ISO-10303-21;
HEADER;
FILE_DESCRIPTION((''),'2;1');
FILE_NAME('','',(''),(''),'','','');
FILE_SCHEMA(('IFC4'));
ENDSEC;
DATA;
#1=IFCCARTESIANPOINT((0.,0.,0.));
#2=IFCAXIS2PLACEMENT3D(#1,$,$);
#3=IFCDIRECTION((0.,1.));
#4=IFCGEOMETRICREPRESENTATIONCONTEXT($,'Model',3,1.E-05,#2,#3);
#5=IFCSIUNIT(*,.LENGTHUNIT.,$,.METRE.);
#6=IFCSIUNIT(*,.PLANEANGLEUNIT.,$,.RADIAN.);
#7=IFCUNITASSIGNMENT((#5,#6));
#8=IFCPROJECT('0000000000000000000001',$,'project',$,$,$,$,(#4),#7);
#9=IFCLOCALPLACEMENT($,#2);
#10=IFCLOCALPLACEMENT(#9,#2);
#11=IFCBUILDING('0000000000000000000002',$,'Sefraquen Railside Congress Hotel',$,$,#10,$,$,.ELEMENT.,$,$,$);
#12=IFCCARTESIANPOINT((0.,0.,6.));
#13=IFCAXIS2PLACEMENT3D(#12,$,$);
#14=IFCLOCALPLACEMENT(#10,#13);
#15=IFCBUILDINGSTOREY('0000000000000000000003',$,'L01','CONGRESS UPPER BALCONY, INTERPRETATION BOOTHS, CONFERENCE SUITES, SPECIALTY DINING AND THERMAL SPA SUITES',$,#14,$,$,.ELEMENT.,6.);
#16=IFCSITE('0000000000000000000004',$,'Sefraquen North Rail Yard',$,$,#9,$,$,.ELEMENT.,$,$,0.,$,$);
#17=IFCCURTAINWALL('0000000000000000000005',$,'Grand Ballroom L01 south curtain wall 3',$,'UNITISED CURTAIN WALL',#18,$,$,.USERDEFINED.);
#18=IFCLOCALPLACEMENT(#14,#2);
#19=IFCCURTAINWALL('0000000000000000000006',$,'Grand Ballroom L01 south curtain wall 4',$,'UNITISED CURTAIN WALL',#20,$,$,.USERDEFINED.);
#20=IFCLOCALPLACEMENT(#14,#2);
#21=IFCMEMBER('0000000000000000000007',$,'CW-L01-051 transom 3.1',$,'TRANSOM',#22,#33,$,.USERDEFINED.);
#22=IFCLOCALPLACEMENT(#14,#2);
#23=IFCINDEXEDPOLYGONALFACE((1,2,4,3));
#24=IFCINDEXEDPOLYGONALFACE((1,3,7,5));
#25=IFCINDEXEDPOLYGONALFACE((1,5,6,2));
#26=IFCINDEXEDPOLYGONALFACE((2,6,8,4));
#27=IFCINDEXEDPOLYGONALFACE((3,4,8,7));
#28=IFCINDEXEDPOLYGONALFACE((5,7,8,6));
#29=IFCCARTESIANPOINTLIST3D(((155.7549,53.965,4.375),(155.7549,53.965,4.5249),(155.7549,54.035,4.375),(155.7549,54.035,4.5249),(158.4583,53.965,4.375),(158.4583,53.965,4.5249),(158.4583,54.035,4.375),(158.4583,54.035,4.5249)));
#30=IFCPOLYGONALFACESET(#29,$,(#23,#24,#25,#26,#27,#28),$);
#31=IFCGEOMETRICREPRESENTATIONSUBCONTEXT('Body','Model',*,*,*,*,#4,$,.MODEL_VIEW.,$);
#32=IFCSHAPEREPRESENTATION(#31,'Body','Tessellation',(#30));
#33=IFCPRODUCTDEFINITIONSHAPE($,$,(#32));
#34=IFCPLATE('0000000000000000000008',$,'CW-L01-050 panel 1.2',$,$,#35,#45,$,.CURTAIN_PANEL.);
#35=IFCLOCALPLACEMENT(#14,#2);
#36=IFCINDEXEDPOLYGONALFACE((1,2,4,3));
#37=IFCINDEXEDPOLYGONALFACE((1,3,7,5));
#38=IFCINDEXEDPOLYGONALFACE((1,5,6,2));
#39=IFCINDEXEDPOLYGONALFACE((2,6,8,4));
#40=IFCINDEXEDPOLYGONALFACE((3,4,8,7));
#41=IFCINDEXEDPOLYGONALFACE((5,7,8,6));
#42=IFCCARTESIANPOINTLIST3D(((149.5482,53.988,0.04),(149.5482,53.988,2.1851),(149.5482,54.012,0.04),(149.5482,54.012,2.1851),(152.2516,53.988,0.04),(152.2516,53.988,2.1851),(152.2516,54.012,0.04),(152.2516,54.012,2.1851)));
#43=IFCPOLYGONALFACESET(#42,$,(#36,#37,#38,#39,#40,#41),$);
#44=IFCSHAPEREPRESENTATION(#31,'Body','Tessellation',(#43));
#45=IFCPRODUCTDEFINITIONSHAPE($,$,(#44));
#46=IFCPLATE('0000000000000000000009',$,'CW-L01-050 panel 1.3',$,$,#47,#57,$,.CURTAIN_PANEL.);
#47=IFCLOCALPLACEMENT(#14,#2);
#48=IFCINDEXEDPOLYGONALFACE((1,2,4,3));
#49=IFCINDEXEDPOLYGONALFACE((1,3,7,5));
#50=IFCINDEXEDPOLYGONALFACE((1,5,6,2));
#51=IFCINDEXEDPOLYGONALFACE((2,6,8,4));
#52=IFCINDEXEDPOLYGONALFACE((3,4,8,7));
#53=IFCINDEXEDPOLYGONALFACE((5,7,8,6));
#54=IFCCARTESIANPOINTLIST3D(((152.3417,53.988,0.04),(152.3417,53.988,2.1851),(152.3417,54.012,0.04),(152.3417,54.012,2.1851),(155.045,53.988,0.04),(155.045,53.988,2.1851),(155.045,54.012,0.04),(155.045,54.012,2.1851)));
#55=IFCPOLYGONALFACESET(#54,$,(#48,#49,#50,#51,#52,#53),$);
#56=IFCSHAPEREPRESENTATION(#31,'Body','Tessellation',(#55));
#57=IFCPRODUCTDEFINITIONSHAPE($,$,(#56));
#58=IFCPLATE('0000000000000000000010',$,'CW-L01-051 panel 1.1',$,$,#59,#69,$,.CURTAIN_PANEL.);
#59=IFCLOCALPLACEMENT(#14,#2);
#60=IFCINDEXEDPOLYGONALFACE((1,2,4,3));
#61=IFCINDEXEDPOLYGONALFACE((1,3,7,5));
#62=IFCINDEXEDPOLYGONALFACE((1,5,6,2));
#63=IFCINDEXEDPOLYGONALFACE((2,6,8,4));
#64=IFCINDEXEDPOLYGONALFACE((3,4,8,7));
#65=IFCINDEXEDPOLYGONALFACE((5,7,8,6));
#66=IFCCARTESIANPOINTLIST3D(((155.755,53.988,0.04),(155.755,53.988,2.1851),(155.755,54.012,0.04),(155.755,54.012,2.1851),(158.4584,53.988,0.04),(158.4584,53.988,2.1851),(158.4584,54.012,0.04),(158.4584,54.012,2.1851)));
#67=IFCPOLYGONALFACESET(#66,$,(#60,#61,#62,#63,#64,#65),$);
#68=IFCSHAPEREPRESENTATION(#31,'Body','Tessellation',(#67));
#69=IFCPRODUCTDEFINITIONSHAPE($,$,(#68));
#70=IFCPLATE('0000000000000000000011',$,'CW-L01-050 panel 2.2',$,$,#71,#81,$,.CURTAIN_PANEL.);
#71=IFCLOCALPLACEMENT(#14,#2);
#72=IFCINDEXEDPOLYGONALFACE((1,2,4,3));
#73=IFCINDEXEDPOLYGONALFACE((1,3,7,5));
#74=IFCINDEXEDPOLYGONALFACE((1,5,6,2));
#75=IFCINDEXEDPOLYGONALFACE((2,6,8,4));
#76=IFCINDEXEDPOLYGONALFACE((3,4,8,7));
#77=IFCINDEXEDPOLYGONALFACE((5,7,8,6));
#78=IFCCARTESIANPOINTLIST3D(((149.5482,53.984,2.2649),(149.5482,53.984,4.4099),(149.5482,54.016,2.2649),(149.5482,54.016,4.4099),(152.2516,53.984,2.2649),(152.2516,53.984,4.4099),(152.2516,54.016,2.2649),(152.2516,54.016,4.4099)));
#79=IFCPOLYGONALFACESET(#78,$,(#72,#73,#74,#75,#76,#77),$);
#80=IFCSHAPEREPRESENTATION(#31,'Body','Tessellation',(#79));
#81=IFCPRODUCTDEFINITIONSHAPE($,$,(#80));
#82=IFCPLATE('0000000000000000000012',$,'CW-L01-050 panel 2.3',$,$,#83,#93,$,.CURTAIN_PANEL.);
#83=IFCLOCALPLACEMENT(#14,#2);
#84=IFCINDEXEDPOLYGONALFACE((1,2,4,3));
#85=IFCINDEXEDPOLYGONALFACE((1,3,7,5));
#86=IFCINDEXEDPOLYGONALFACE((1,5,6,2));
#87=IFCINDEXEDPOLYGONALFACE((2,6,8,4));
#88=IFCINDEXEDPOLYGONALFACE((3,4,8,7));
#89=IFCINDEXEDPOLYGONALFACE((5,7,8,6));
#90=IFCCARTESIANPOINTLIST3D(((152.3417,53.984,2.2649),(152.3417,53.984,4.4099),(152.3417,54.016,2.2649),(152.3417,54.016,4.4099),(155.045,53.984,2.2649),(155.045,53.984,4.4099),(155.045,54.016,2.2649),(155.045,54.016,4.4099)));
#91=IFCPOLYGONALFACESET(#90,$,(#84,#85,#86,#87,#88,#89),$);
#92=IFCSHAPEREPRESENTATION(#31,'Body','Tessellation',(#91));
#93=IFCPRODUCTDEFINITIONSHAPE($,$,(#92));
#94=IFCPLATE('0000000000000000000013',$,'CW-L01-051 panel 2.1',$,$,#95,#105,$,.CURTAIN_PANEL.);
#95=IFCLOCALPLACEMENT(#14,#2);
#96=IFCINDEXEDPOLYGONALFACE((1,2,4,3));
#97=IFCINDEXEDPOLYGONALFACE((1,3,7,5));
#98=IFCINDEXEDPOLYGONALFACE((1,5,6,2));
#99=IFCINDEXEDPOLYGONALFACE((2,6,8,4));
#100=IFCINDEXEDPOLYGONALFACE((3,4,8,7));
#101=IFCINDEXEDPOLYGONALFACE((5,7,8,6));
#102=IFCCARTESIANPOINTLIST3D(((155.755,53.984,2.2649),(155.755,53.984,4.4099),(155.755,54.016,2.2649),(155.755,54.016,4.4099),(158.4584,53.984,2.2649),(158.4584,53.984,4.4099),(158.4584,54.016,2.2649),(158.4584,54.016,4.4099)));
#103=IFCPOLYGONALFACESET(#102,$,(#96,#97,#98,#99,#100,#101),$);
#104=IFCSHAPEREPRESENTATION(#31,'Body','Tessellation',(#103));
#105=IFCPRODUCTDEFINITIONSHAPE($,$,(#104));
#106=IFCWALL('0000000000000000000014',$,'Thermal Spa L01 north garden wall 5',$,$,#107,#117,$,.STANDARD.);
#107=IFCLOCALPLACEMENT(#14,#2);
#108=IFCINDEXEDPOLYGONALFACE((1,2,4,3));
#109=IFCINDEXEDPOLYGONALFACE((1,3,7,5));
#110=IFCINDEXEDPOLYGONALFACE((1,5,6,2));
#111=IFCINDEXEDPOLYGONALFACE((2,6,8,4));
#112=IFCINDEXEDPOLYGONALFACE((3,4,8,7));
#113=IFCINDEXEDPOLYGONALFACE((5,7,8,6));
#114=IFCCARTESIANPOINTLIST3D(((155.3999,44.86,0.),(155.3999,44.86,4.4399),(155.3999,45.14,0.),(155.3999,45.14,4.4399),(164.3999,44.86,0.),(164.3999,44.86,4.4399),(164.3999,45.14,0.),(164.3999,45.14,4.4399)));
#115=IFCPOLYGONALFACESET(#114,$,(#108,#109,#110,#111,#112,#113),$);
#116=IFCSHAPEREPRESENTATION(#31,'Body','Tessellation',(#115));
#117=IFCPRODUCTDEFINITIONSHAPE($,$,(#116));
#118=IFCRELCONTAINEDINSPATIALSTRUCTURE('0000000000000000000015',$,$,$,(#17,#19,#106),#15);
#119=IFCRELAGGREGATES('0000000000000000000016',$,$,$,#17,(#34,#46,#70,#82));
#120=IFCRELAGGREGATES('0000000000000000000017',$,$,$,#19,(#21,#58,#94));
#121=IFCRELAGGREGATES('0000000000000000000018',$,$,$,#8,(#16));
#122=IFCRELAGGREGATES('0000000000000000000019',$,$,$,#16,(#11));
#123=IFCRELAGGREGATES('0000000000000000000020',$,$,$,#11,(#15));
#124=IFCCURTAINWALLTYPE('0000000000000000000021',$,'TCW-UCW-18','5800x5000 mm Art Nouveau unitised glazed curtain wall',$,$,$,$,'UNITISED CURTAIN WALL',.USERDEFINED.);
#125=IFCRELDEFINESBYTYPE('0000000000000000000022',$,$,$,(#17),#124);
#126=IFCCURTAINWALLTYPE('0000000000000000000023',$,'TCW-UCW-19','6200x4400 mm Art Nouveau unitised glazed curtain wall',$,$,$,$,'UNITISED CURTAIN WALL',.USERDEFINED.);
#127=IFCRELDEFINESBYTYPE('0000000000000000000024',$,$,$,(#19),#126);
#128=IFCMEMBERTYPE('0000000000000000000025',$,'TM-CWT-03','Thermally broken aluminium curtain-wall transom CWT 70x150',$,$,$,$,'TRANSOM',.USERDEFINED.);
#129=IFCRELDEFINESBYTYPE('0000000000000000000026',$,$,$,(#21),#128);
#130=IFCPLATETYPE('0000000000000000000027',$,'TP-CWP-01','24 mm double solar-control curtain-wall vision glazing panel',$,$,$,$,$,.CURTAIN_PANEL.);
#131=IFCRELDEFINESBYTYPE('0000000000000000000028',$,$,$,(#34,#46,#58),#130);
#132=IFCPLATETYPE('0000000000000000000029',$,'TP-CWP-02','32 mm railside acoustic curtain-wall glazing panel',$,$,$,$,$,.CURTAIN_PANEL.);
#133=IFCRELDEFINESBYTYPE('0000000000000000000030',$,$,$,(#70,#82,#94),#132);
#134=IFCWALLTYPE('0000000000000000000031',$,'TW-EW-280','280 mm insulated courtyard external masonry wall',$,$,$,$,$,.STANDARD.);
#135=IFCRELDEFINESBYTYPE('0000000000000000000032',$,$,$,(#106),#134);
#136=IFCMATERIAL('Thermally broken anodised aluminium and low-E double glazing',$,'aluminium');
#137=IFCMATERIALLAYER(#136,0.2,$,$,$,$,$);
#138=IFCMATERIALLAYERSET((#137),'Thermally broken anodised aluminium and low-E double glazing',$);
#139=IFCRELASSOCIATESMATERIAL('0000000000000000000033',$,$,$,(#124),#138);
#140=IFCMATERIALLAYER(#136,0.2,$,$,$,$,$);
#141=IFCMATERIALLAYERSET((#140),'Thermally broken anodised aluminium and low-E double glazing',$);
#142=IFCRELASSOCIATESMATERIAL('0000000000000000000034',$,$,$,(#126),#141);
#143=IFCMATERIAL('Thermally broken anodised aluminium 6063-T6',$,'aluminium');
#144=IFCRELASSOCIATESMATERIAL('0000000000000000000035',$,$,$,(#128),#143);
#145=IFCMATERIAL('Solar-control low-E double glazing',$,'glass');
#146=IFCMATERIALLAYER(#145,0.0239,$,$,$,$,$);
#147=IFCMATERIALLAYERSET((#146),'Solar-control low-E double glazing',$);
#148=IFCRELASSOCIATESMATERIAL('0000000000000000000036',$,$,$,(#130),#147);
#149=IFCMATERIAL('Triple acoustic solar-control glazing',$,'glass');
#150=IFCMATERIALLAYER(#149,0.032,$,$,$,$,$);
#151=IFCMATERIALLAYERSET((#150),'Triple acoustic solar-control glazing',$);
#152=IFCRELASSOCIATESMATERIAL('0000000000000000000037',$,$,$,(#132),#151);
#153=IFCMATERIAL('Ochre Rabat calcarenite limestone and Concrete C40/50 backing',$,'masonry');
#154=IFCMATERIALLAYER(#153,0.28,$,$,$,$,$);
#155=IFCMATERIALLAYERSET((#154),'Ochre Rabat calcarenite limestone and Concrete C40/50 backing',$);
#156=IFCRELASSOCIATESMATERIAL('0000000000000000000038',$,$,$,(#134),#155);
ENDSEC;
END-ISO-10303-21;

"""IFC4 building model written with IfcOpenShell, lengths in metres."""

from ifc_helpers import new_model, si_unit, direction, frame, frame_2d, origin, origin_2d, place, context, subcontext, project, spatial, rectangle, extrude, material, layer, layer_set, material_profile, profile_set, type_object, element, aggregate, save


model = new_model("IFC4")

# Units and contexts
model_context = context("Model", 3, precision=1e-05, world=origin(), true_north=direction((0.0, 1.0)))
body_context = subcontext(model_context, "Body", "Model", "MODEL_VIEW")
ifc_project = project(units=[si_unit("LENGTHUNIT", "METRE"), si_unit("PLANEANGLEUNIT", "RADIAN")], contexts=[model_context])

# Site, building, storey
site_placement = place(None, origin())
site = spatial("IfcSite", under=ifc_project, at=site_placement, Name="Sefraquen North Rail Yard", CompositionType="ELEMENT", RefElevation=0.0)
building_placement = place(site_placement, origin())
building = spatial("IfcBuilding", under=site, at=building_placement, Name="Sefraquen Railside Congress Hotel", CompositionType="ELEMENT")
storey_placement = place(building_placement, frame((0.0, 0.0, 6.0)))
storey = spatial("IfcBuildingStorey", under=building, at=storey_placement, Name="L01", Description="CONGRESS UPPER BALCONY, INTERPRETATION BOOTHS, CONFERENCE SUITES, SPECIALTY DINING AND THERMAL SPA SUITES", CompositionType="ELEMENT", Elevation=6.0)

# Curtain wall
ifc_material_1 = material(Name="Thermally broken anodised aluminium and low-E double glazing", Category="aluminium")
ifc_layer_1 = layer(ifc_material_1, 0.2)
ifc_layer_set_1 = layer_set([ifc_layer_1], Name="Thermally broken anodised aluminium and low-E double glazing")
curtain_wall_type_1 = type_object("IfcCurtainWallType", Name="TCW-UCW-18", Description="5800x5000 mm Art Nouveau unitised glazed curtain wall", ElementType="UNITISED CURTAIN WALL", PredefinedType="USERDEFINED", material=ifc_layer_set_1)
curtain_wall_1_placement = place(storey_placement, origin())
curtain_wall_1 = element("IfcCurtainWall", 1, at=curtain_wall_1_placement, inside=storey, type_object=curtain_wall_type_1, Name="Grand Ballroom L01 south curtain wall 3", ObjectType="UNITISED CURTAIN WALL", PredefinedType="USERDEFINED")
ifc_material_2 = material(Name="Thermally broken anodised aluminium 6063-T6", Category="aluminium")

# Curtain wall
ifc_layer_2 = layer(ifc_material_1, 0.2)
ifc_layer_set_2 = layer_set([ifc_layer_2], Name="Thermally broken anodised aluminium and low-E double glazing")
curtain_wall_type_2 = type_object("IfcCurtainWallType", Name="TCW-UCW-19", Description="6200x4400 mm Art Nouveau unitised glazed curtain wall", ElementType="UNITISED CURTAIN WALL", PredefinedType="USERDEFINED", material=ifc_layer_set_2)
curtain_wall_2_placement = place(storey_placement, origin())
curtain_wall_2 = element("IfcCurtainWall", 2, at=curtain_wall_2_placement, inside=storey, type_object=curtain_wall_type_2, Name="Grand Ballroom L01 south curtain wall 4", ObjectType="UNITISED CURTAIN WALL", PredefinedType="USERDEFINED")

# Member
ifc_material_profile_1 = material_profile(ifc_material_2, rectangle(XDim=0.0701, YDim=0.1499, at=origin_2d()), Name="CWT 70x150")
ifc_profile_set_1 = profile_set([ifc_material_profile_1], Name="Thermally broken anodised aluminium 6063-T6")
member_type_1 = type_object("IfcMemberType", Name="TM-CWT-03", Description="Thermally broken aluminium curtain-wall transom CWT 70x150", ElementType="TRANSOM", PredefinedType="USERDEFINED", material=ifc_profile_set_1)
member_1_placement = place(storey_placement, frame((155.7549, 54.0, 4.45), z_axis=(1.0, 0.0, 0.0), x_axis=(0.0, 1.0, 0.0)))
member_1 = element("IfcMember", 3, at=member_1_placement, type_object=member_type_1, Name="CW-L01-051 transom 3.1", ObjectType="TRANSOM", PredefinedType="USERDEFINED", context=body_context, shape_type="SweptSolid", body=[
    extrude(rectangle(XDim=0.0701, YDim=0.1499, at=origin_2d()), origin(), (0.0, 0.0, 1.0), 2.7034),
])

# Plates
ifc_material_3 = material(Name="Solar-control low-E double glazing", Category="glass")
ifc_layer_3 = layer(ifc_material_3, 0.0239)
ifc_layer_set_3 = layer_set([ifc_layer_3], Name="Solar-control low-E double glazing")
plate_type_1 = type_object("IfcPlateType", Name="TP-CWP-01", Description="24 mm double solar-control curtain-wall vision glazing panel", PredefinedType="CURTAIN_PANEL", material=ifc_layer_set_3)
plate_1_placement = place(storey_placement, frame((150.8999, 54.0, 0.04), z_axis=(0.0, 0.0, 1.0), x_axis=(1.0, 0.0, 0.0)))
plate_1 = element("IfcPlate", 4, at=plate_1_placement, type_object=plate_type_1, Name="CW-L01-050 panel 1.2", PredefinedType="CURTAIN_PANEL", context=body_context, shape_type="SweptSolid", body=[
    extrude(rectangle(XDim=2.7034, YDim=0.0239, at=origin_2d()), origin(), (0.0, 0.0, 1.0), 2.145),
])
plate_2_placement = place(storey_placement, frame((153.6934, 54.0, 0.04), z_axis=(0.0, 0.0, 1.0), x_axis=(1.0, 0.0, 0.0)))
plate_2 = element("IfcPlate", 5, at=plate_2_placement, type_object=plate_type_1, Name="CW-L01-050 panel 1.3", PredefinedType="CURTAIN_PANEL", context=body_context, shape_type="SweptSolid", body=[
    extrude(rectangle(XDim=2.7034, YDim=0.0239, at=origin_2d()), origin(), (0.0, 0.0, 1.0), 2.145),
])
plate_3_placement = place(storey_placement, frame((157.1067, 54.0, 0.04), z_axis=(0.0, 0.0, 1.0), x_axis=(1.0, 0.0, 0.0)))
plate_3 = element("IfcPlate", 6, at=plate_3_placement, type_object=plate_type_1, Name="CW-L01-051 panel 1.1", PredefinedType="CURTAIN_PANEL", context=body_context, shape_type="SweptSolid", body=[
    extrude(rectangle(XDim=2.7034, YDim=0.0239, at=origin_2d()), origin(), (0.0, 0.0, 1.0), 2.145),
])
ifc_material_4 = material(Name="Triple acoustic solar-control glazing", Category="glass")
ifc_layer_4 = layer(ifc_material_4, 0.032)
ifc_layer_set_4 = layer_set([ifc_layer_4], Name="Triple acoustic solar-control glazing")
plate_type_2 = type_object("IfcPlateType", Name="TP-CWP-02", Description="32 mm railside acoustic curtain-wall glazing panel", PredefinedType="CURTAIN_PANEL", material=ifc_layer_set_4)
plate_4_placement = place(storey_placement, frame((150.8999, 54.0, 2.2649), z_axis=(0.0, 0.0, 1.0), x_axis=(1.0, 0.0, 0.0)))
plate_4 = element("IfcPlate", 7, at=plate_4_placement, type_object=plate_type_2, Name="CW-L01-050 panel 2.2", PredefinedType="CURTAIN_PANEL", context=body_context, shape_type="SweptSolid", body=[
    extrude(rectangle(XDim=2.7034, YDim=0.032, at=origin_2d()), origin(), (0.0, 0.0, 1.0), 2.145),
])
plate_5_placement = place(storey_placement, frame((153.6934, 54.0, 2.2649), z_axis=(0.0, 0.0, 1.0), x_axis=(1.0, 0.0, 0.0)))
plate_5 = element("IfcPlate", 8, at=plate_5_placement, type_object=plate_type_2, Name="CW-L01-050 panel 2.3", PredefinedType="CURTAIN_PANEL", context=body_context, shape_type="SweptSolid", body=[
    extrude(rectangle(XDim=2.7034, YDim=0.032, at=origin_2d()), origin(), (0.0, 0.0, 1.0), 2.145),
])
aggregate(curtain_wall_1, [plate_1, plate_2, plate_4, plate_5])
plate_6_placement = place(storey_placement, frame((157.1067, 54.0, 2.2649), z_axis=(0.0, 0.0, 1.0), x_axis=(1.0, 0.0, 0.0)))
plate_6 = element("IfcPlate", 9, at=plate_6_placement, type_object=plate_type_2, Name="CW-L01-051 panel 2.1", PredefinedType="CURTAIN_PANEL", context=body_context, shape_type="SweptSolid", body=[
    extrude(rectangle(XDim=2.7034, YDim=0.032, at=origin_2d()), origin(), (0.0, 0.0, 1.0), 2.145),
])
aggregate(curtain_wall_2, [member_1, plate_3, plate_6])

# Wall
ifc_material_5 = material(Name="Ochre Rabat calcarenite limestone and Concrete C40/50 backing", Category="masonry")
ifc_layer_5 = layer(ifc_material_5, 0.28)
ifc_layer_set_5 = layer_set([ifc_layer_5], Name="Ochre Rabat calcarenite limestone and Concrete C40/50 backing")
wall_type = type_object("IfcWallType", Name="TW-EW-280", Description="280 mm insulated courtyard external masonry wall", PredefinedType="STANDARD", material=ifc_layer_set_5)
wall_placement = place(storey_placement, frame((155.3999, 45.0, 0.0), z_axis=(0.0, 0.0, 1.0), x_axis=(1.0, 0.0, 0.0)))
element("IfcWall", 10, at=wall_placement, inside=storey, type_object=wall_type, Name="Thermal Spa L01 north garden wall 5", PredefinedType="STANDARD", context=body_context, shape_type="SweptSolid", body=[
    extrude(rectangle(XDim=9.0, YDim=0.28, at=frame_2d((4.5, 0.0))), origin(), (0.0, 0.0, 1.0), 4.4399),
])

save(model, "model.ifc")
